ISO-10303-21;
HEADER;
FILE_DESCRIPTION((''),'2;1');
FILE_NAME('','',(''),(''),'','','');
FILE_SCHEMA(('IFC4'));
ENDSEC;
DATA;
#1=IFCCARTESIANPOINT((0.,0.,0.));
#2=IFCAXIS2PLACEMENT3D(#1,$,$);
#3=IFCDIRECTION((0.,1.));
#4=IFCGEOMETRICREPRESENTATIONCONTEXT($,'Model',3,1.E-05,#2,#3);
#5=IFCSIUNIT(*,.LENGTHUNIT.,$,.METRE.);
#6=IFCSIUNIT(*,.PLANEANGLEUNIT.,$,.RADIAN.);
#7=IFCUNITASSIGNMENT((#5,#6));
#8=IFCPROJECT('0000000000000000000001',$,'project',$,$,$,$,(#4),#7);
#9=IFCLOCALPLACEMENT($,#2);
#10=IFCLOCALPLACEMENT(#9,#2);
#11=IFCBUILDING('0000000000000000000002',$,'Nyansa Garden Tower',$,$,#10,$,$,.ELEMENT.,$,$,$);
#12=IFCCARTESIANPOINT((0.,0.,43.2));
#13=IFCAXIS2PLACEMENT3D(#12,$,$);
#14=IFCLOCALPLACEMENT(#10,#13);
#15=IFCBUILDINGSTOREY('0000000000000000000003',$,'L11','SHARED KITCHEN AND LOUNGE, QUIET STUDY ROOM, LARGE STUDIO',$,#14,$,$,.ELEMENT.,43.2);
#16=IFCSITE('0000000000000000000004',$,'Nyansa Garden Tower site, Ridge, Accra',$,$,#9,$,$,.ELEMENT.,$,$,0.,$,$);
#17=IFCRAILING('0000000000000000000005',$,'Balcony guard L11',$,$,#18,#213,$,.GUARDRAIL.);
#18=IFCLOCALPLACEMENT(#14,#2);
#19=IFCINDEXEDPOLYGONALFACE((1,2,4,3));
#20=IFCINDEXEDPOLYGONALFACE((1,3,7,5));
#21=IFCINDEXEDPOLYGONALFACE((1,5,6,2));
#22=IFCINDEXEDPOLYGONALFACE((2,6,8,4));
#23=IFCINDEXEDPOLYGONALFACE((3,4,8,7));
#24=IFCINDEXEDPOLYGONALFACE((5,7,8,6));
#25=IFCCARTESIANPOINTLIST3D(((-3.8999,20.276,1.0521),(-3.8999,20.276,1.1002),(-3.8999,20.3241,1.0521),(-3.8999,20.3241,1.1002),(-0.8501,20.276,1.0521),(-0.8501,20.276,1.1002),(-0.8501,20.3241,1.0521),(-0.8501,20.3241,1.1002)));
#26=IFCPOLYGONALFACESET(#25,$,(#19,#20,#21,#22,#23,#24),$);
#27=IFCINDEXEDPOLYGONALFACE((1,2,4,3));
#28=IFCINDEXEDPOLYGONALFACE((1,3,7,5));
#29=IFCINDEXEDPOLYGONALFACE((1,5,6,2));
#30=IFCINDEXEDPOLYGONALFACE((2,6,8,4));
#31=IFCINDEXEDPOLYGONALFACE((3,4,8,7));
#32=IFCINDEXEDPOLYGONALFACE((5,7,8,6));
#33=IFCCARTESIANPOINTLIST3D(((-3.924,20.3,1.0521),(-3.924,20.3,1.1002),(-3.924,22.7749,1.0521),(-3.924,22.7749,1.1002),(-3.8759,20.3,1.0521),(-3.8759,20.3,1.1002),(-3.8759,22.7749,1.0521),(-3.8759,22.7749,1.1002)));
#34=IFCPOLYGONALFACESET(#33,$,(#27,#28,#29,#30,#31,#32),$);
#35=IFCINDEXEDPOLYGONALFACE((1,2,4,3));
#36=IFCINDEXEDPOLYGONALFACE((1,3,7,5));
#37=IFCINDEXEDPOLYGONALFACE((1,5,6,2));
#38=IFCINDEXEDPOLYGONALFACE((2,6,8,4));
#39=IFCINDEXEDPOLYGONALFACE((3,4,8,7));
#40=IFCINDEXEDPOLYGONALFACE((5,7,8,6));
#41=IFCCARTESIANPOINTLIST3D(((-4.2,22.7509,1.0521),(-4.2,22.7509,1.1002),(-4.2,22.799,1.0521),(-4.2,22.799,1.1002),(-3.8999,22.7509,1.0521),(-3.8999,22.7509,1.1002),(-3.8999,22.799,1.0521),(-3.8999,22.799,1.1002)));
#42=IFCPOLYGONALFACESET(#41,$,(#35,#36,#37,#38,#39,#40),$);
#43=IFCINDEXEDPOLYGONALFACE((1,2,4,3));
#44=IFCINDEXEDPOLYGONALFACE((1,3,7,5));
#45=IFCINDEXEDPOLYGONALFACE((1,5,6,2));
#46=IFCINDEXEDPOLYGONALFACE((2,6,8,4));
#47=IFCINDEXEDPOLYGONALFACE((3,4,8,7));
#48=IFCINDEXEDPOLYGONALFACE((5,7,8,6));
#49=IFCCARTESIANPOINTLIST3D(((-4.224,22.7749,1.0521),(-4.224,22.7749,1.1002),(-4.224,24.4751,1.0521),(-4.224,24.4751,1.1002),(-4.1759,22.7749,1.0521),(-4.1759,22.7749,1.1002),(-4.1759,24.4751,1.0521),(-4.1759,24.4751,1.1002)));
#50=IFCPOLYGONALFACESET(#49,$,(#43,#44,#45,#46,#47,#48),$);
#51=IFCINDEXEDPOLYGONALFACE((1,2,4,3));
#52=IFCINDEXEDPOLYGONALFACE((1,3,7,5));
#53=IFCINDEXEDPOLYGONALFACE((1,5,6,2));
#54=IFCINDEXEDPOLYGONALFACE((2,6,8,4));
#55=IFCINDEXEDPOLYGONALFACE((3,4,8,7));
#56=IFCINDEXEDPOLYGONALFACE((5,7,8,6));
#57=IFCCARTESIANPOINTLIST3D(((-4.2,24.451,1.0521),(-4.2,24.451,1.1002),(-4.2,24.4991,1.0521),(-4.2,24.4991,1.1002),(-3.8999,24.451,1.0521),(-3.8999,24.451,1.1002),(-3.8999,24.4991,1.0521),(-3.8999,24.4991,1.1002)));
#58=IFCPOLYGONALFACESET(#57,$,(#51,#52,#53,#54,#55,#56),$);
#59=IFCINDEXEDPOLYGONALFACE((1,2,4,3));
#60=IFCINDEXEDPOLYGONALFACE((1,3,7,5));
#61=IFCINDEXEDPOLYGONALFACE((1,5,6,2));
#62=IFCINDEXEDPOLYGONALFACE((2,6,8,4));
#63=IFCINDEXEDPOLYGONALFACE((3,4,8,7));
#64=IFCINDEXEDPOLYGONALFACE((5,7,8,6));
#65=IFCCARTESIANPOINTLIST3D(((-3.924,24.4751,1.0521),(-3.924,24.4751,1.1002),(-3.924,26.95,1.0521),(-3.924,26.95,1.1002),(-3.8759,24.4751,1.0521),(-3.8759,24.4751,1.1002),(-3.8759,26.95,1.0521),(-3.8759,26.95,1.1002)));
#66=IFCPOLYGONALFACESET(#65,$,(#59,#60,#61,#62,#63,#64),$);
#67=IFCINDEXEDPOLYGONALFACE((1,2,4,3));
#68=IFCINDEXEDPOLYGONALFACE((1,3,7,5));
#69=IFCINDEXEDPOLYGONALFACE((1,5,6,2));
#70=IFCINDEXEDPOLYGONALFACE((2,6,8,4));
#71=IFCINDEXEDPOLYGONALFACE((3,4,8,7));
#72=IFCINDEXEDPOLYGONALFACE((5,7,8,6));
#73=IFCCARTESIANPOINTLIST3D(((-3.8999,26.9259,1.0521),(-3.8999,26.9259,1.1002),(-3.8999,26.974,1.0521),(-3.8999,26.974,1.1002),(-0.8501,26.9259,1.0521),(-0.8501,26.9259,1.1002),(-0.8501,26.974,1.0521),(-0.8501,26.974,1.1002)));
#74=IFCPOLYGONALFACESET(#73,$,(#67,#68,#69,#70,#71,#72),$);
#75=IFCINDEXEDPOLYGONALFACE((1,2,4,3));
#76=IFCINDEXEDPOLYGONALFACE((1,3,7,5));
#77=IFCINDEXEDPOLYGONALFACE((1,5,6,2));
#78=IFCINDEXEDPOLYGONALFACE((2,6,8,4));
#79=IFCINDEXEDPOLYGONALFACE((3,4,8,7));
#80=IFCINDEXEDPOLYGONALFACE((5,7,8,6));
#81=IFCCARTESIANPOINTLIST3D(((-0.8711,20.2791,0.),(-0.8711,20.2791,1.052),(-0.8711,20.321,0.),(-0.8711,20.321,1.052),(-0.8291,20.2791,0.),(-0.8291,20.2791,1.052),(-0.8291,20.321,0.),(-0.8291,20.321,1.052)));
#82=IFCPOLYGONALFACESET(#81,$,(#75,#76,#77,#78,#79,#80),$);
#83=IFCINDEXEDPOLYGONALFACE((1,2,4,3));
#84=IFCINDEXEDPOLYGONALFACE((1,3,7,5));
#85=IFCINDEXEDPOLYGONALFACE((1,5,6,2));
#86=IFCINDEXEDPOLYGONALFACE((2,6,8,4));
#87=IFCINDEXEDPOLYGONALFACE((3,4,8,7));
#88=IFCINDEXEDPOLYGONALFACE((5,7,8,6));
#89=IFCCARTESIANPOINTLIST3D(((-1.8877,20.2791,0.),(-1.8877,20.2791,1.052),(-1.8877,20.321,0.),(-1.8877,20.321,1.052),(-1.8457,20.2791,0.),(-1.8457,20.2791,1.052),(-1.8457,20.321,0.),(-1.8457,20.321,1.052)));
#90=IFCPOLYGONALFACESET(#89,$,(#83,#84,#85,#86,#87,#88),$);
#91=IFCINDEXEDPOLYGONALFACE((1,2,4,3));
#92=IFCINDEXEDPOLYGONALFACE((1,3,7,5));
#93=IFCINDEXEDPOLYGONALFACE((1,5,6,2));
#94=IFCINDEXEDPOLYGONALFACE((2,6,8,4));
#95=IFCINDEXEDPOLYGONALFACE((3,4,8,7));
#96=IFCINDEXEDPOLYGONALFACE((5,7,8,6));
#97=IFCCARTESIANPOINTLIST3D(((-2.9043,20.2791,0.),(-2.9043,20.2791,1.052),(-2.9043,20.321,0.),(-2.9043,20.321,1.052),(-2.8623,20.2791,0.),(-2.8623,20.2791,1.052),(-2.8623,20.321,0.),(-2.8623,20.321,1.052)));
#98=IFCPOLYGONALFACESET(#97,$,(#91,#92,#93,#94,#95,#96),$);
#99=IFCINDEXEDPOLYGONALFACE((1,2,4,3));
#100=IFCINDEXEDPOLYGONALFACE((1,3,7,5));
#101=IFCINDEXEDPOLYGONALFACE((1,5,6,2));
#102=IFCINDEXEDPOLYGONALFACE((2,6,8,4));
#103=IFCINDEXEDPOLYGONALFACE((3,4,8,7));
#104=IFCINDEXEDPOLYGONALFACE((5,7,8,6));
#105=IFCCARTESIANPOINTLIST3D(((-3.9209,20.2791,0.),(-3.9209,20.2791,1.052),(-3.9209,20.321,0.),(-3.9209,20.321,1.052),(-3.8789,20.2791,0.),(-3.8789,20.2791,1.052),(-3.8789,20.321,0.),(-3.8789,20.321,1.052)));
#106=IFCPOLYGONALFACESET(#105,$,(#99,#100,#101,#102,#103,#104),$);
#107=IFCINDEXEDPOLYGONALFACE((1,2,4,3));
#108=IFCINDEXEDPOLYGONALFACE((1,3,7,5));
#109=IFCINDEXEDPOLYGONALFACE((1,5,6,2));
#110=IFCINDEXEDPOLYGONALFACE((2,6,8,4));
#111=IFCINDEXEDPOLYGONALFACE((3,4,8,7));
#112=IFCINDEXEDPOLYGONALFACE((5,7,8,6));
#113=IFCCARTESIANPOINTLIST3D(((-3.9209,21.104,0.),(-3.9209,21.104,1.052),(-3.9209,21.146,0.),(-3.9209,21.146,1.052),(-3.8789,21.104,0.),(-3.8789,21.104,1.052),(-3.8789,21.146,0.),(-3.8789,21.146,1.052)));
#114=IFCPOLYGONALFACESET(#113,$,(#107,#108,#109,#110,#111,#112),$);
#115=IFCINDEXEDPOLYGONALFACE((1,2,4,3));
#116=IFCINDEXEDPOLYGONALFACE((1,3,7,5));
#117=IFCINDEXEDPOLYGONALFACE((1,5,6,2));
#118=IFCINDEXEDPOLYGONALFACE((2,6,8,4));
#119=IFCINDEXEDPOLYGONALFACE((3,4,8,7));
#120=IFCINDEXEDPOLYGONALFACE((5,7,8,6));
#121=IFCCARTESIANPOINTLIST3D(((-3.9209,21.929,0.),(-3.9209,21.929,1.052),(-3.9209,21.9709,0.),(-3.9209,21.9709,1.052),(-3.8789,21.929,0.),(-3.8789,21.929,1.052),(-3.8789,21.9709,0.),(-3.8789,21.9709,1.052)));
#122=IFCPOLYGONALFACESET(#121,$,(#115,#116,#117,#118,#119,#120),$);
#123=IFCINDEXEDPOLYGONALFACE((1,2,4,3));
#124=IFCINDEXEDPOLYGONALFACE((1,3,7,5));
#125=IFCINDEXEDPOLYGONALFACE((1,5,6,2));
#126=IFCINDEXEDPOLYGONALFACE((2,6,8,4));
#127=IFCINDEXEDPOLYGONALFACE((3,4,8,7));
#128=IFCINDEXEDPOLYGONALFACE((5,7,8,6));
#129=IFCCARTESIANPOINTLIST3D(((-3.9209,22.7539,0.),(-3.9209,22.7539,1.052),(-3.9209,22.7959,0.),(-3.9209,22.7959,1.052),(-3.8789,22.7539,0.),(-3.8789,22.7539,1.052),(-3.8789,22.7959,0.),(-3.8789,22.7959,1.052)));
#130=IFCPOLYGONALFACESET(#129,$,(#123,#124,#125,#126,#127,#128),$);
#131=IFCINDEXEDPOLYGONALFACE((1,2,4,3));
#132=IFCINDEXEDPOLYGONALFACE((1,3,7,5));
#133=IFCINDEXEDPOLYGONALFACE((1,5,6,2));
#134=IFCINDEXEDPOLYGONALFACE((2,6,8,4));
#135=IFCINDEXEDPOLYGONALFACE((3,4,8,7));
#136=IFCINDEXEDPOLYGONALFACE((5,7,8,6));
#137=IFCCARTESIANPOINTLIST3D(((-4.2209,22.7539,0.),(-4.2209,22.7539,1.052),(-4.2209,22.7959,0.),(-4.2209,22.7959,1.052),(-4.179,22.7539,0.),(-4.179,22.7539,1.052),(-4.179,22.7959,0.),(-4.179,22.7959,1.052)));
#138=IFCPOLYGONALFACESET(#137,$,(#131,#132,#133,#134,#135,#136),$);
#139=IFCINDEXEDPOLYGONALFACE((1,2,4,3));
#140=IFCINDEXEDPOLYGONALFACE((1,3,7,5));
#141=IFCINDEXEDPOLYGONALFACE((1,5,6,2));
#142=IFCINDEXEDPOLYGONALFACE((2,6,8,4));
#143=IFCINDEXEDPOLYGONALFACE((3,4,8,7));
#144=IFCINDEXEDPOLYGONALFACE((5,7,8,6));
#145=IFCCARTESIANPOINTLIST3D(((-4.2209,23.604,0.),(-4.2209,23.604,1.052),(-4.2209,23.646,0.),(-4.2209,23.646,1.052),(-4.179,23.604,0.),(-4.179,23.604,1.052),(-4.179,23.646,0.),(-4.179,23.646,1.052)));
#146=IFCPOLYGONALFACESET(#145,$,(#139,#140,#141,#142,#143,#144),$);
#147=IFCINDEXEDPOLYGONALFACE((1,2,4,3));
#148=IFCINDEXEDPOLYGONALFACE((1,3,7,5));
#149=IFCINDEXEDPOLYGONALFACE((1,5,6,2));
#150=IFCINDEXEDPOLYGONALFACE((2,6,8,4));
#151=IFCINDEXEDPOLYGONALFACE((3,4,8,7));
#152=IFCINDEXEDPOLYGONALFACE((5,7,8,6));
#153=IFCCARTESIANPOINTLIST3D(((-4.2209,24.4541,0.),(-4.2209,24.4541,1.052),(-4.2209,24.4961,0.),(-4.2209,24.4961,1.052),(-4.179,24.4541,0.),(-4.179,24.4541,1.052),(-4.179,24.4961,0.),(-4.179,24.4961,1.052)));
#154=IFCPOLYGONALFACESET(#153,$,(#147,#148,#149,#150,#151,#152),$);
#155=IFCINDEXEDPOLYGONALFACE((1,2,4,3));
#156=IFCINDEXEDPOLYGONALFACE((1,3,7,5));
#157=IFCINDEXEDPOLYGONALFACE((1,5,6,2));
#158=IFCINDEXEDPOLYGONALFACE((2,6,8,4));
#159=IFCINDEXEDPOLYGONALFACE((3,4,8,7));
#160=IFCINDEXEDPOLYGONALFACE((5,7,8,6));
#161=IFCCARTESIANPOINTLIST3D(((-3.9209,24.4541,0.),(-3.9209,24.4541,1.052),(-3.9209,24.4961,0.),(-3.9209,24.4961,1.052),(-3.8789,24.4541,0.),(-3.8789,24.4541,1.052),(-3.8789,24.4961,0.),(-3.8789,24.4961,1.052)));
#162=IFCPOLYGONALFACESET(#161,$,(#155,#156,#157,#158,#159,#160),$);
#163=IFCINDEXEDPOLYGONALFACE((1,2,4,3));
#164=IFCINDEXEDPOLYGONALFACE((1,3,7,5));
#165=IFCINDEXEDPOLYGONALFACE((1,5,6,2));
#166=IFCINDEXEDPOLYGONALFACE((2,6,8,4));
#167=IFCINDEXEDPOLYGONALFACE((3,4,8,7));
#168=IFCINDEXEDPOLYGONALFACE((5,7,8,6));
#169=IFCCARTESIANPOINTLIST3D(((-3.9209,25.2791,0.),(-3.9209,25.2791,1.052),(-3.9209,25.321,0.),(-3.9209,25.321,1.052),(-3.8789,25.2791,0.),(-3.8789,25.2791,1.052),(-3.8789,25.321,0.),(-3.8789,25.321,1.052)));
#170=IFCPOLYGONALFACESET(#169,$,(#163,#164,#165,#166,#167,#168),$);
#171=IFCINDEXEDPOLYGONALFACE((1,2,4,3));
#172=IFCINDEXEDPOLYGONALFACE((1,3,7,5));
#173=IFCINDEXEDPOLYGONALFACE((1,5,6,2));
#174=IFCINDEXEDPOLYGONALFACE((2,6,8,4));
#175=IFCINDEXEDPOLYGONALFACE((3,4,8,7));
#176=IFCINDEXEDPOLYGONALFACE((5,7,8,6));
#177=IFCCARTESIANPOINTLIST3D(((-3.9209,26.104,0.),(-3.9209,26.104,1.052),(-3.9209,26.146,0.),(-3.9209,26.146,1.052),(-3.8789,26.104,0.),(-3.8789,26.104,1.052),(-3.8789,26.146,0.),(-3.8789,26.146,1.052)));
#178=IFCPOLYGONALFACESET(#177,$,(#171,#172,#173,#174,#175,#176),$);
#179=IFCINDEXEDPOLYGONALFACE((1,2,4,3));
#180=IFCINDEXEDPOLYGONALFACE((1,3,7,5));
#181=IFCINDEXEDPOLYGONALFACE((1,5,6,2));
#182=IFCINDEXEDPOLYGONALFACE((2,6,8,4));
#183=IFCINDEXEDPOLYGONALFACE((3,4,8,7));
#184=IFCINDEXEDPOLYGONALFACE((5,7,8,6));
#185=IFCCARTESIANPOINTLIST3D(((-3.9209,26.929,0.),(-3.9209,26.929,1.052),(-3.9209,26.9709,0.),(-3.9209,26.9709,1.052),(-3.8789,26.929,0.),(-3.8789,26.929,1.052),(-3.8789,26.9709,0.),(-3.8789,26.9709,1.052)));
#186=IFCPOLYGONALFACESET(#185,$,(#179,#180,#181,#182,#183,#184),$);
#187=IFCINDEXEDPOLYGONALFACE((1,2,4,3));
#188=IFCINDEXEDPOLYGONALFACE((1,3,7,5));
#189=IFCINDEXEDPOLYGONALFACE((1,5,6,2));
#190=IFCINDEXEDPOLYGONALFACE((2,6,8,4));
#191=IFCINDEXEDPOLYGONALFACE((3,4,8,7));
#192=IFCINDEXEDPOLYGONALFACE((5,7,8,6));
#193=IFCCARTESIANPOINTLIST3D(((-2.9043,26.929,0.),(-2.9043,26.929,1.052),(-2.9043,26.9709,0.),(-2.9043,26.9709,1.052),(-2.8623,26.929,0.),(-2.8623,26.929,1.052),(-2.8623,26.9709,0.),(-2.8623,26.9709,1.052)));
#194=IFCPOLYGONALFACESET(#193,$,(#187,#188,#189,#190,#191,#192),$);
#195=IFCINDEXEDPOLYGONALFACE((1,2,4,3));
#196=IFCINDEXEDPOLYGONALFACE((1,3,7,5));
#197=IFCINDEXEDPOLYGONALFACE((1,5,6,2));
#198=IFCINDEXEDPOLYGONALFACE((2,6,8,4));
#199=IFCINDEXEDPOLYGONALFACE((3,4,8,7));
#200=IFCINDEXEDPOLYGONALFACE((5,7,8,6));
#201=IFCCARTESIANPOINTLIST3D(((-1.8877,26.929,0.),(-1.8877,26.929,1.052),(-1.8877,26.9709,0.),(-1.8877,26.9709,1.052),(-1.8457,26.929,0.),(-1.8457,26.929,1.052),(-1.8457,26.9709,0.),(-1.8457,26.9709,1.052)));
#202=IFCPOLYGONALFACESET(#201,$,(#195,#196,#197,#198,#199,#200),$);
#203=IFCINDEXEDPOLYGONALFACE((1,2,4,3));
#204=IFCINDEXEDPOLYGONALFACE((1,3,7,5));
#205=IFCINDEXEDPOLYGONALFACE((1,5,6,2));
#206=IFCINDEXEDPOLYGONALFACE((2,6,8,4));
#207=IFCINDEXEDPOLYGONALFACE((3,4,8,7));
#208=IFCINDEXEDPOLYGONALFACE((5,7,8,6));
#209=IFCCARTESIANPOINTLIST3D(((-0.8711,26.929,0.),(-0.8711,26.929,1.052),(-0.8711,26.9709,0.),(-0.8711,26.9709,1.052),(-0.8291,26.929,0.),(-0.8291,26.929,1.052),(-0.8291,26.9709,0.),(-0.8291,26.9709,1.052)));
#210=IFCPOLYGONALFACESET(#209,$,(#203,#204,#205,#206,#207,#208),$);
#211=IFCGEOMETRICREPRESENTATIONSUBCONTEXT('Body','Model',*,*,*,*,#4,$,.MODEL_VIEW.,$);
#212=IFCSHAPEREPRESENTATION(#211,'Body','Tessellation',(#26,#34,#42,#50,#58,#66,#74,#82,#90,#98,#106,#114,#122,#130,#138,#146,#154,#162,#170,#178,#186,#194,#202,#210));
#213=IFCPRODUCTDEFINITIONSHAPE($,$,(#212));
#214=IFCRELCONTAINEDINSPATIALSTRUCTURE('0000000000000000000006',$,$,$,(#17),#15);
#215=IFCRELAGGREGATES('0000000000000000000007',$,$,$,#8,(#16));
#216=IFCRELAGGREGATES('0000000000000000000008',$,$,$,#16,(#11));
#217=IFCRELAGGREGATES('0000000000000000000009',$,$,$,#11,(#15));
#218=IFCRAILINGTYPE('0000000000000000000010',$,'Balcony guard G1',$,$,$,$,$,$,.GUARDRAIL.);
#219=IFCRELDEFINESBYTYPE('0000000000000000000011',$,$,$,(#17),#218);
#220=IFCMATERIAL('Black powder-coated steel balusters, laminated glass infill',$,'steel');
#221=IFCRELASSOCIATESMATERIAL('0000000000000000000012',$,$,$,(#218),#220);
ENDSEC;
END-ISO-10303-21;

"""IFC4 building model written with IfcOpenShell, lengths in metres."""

from ifc_helpers import new_model, si_unit, direction, frame, origin, origin_2d, place, context, subcontext, project, spatial, rectangle, extrude, material, type_object, element, save


model = new_model("IFC4")

# Units and contexts
model_context = context("Model", 3, precision=1e-05, world=origin(), true_north=direction((0.0, 1.0)))
body_context = subcontext(model_context, "Body", "Model", "MODEL_VIEW")
ifc_project = project(units=[si_unit("LENGTHUNIT", "METRE"), si_unit("PLANEANGLEUNIT", "RADIAN")], contexts=[model_context])

# Site, building, storey
site_placement = place(None, origin())
site = spatial("IfcSite", under=ifc_project, at=site_placement, Name="Nyansa Garden Tower site, Ridge, Accra", CompositionType="ELEMENT", RefElevation=0.0)
building_placement = place(site_placement, origin())
building = spatial("IfcBuilding", under=site, at=building_placement, Name="Nyansa Garden Tower", CompositionType="ELEMENT")
storey_placement = place(building_placement, frame((0.0, 0.0, 43.2)))
storey = spatial("IfcBuildingStorey", under=building, at=storey_placement, Name="L11", Description="SHARED KITCHEN AND LOUNGE, QUIET STUDY ROOM, LARGE STUDIO", CompositionType="ELEMENT", Elevation=43.2)

# Railing
ifc_material_1 = material(Name="Black powder-coated steel balusters, laminated glass infill", Category="steel")
railing_type = type_object("IfcRailingType", Name="Balcony guard G1", PredefinedType="GUARDRAIL", material=ifc_material_1)
railing_placement = place(storey_placement, frame((-0.8501, 20.3, 0.0)))
element("IfcRailing", 1, at=railing_placement, inside=storey, type_object=railing_type, Name="Balcony guard L11", PredefinedType="GUARDRAIL", context=body_context, shape_type="SweptSolid", body=[
    extrude(rectangle(XDim=0.0481, YDim=0.0481, at=origin_2d()), frame((0.0, 0.0, 1.0762), z_axis=(-1.0, 0.0, 0.0), x_axis=(0.0, -1.0, 0.0)), (0.0, 0.0, 1.0), 3.0498),
    extrude(rectangle(XDim=0.0481, YDim=0.0481, at=origin_2d()), frame((-3.0498, 0.0, 1.0762), z_axis=(0.0, 1.0, 0.0), x_axis=(-1.0, 0.0, 0.0)), (0.0, 0.0, 1.0), 2.4749),
    extrude(rectangle(XDim=0.0481, YDim=0.0481, at=origin_2d()), frame((-3.0498, 2.4749, 1.0762), z_axis=(-1.0, 0.0, 0.0), x_axis=(0.0, -1.0, 0.0)), (0.0, 0.0, 1.0), 0.3),
    extrude(rectangle(XDim=0.0481, YDim=0.0481, at=origin_2d()), frame((-3.3499, 2.4749, 1.0762), z_axis=(0.0, 1.0, 0.0), x_axis=(-1.0, 0.0, 0.0)), (0.0, 0.0, 1.0), 1.7002),
    extrude(rectangle(XDim=0.0481, YDim=0.0481, at=origin_2d()), frame((-3.3499, 4.175, 1.0762), z_axis=(1.0, 0.0, 0.0), x_axis=(0.0, 1.0, 0.0)), (0.0, 0.0, 1.0), 0.3),
    extrude(rectangle(XDim=0.0481, YDim=0.0481, at=origin_2d()), frame((-3.0498, 4.175, 1.0762), z_axis=(0.0, 1.0, 0.0), x_axis=(-1.0, 0.0, 0.0)), (0.0, 0.0, 1.0), 2.4749),
    extrude(rectangle(XDim=0.0481, YDim=0.0481, at=origin_2d()), frame((-3.0498, 6.6499, 1.0762), z_axis=(1.0, 0.0, 0.0), x_axis=(0.0, 1.0, 0.0)), (0.0, 0.0, 1.0), 3.0498),
    extrude(rectangle(XDim=0.042, YDim=0.042, at=origin_2d()), origin(), (0.0, 0.0, 1.0), 1.052),
    extrude(rectangle(XDim=0.042, YDim=0.042, at=origin_2d()), frame((-1.0166, 0.0, 0.0)), (0.0, 0.0, 1.0), 1.052),
    extrude(rectangle(XDim=0.042, YDim=0.042, at=origin_2d()), frame((-2.0332, 0.0, 0.0)), (0.0, 0.0, 1.0), 1.052),
    extrude(rectangle(XDim=0.042, YDim=0.042, at=origin_2d()), frame((-3.0498, 0.0, 0.0)), (0.0, 0.0, 1.0), 1.052),
    extrude(rectangle(XDim=0.042, YDim=0.042, at=origin_2d()), frame((-3.0498, 0.825, 0.0)), (0.0, 0.0, 1.0), 1.052),
    extrude(rectangle(XDim=0.042, YDim=0.042, at=origin_2d()), frame((-3.0498, 1.6499, 0.0)), (0.0, 0.0, 1.0), 1.052),
    extrude(rectangle(XDim=0.042, YDim=0.042, at=origin_2d()), frame((-3.0498, 2.4749, 0.0)), (0.0, 0.0, 1.0), 1.052),
    extrude(rectangle(XDim=0.042, YDim=0.042, at=origin_2d()), frame((-3.3499, 2.4749, 0.0)), (0.0, 0.0, 1.0), 1.052),
    extrude(rectangle(XDim=0.042, YDim=0.042, at=origin_2d()), frame((-3.3499, 3.325, 0.0)), (0.0, 0.0, 1.0), 1.052),
    extrude(rectangle(XDim=0.042, YDim=0.042, at=origin_2d()), frame((-3.3499, 4.175, 0.0)), (0.0, 0.0, 1.0), 1.052),
    extrude(rectangle(XDim=0.042, YDim=0.042, at=origin_2d()), frame((-3.0498, 4.175, 0.0)), (0.0, 0.0, 1.0), 1.052),
    extrude(rectangle(XDim=0.042, YDim=0.042, at=origin_2d()), frame((-3.0498, 5.0, 0.0)), (0.0, 0.0, 1.0), 1.052),
    extrude(rectangle(XDim=0.042, YDim=0.042, at=origin_2d()), frame((-3.0498, 5.825, 0.0)), (0.0, 0.0, 1.0), 1.052),
    extrude(rectangle(XDim=0.042, YDim=0.042, at=origin_2d()), frame((-3.0498, 6.6499, 0.0)), (0.0, 0.0, 1.0), 1.052),
    extrude(rectangle(XDim=0.042, YDim=0.042, at=origin_2d()), frame((-2.0332, 6.6499, 0.0)), (0.0, 0.0, 1.0), 1.052),
    extrude(rectangle(XDim=0.042, YDim=0.042, at=origin_2d()), frame((-1.0166, 6.6499, 0.0)), (0.0, 0.0, 1.0), 1.052),
    extrude(rectangle(XDim=0.042, YDim=0.042, at=origin_2d()), frame((0.0, 6.6499, 0.0)), (0.0, 0.0, 1.0), 1.052),
])

save(model, "model.ifc")
